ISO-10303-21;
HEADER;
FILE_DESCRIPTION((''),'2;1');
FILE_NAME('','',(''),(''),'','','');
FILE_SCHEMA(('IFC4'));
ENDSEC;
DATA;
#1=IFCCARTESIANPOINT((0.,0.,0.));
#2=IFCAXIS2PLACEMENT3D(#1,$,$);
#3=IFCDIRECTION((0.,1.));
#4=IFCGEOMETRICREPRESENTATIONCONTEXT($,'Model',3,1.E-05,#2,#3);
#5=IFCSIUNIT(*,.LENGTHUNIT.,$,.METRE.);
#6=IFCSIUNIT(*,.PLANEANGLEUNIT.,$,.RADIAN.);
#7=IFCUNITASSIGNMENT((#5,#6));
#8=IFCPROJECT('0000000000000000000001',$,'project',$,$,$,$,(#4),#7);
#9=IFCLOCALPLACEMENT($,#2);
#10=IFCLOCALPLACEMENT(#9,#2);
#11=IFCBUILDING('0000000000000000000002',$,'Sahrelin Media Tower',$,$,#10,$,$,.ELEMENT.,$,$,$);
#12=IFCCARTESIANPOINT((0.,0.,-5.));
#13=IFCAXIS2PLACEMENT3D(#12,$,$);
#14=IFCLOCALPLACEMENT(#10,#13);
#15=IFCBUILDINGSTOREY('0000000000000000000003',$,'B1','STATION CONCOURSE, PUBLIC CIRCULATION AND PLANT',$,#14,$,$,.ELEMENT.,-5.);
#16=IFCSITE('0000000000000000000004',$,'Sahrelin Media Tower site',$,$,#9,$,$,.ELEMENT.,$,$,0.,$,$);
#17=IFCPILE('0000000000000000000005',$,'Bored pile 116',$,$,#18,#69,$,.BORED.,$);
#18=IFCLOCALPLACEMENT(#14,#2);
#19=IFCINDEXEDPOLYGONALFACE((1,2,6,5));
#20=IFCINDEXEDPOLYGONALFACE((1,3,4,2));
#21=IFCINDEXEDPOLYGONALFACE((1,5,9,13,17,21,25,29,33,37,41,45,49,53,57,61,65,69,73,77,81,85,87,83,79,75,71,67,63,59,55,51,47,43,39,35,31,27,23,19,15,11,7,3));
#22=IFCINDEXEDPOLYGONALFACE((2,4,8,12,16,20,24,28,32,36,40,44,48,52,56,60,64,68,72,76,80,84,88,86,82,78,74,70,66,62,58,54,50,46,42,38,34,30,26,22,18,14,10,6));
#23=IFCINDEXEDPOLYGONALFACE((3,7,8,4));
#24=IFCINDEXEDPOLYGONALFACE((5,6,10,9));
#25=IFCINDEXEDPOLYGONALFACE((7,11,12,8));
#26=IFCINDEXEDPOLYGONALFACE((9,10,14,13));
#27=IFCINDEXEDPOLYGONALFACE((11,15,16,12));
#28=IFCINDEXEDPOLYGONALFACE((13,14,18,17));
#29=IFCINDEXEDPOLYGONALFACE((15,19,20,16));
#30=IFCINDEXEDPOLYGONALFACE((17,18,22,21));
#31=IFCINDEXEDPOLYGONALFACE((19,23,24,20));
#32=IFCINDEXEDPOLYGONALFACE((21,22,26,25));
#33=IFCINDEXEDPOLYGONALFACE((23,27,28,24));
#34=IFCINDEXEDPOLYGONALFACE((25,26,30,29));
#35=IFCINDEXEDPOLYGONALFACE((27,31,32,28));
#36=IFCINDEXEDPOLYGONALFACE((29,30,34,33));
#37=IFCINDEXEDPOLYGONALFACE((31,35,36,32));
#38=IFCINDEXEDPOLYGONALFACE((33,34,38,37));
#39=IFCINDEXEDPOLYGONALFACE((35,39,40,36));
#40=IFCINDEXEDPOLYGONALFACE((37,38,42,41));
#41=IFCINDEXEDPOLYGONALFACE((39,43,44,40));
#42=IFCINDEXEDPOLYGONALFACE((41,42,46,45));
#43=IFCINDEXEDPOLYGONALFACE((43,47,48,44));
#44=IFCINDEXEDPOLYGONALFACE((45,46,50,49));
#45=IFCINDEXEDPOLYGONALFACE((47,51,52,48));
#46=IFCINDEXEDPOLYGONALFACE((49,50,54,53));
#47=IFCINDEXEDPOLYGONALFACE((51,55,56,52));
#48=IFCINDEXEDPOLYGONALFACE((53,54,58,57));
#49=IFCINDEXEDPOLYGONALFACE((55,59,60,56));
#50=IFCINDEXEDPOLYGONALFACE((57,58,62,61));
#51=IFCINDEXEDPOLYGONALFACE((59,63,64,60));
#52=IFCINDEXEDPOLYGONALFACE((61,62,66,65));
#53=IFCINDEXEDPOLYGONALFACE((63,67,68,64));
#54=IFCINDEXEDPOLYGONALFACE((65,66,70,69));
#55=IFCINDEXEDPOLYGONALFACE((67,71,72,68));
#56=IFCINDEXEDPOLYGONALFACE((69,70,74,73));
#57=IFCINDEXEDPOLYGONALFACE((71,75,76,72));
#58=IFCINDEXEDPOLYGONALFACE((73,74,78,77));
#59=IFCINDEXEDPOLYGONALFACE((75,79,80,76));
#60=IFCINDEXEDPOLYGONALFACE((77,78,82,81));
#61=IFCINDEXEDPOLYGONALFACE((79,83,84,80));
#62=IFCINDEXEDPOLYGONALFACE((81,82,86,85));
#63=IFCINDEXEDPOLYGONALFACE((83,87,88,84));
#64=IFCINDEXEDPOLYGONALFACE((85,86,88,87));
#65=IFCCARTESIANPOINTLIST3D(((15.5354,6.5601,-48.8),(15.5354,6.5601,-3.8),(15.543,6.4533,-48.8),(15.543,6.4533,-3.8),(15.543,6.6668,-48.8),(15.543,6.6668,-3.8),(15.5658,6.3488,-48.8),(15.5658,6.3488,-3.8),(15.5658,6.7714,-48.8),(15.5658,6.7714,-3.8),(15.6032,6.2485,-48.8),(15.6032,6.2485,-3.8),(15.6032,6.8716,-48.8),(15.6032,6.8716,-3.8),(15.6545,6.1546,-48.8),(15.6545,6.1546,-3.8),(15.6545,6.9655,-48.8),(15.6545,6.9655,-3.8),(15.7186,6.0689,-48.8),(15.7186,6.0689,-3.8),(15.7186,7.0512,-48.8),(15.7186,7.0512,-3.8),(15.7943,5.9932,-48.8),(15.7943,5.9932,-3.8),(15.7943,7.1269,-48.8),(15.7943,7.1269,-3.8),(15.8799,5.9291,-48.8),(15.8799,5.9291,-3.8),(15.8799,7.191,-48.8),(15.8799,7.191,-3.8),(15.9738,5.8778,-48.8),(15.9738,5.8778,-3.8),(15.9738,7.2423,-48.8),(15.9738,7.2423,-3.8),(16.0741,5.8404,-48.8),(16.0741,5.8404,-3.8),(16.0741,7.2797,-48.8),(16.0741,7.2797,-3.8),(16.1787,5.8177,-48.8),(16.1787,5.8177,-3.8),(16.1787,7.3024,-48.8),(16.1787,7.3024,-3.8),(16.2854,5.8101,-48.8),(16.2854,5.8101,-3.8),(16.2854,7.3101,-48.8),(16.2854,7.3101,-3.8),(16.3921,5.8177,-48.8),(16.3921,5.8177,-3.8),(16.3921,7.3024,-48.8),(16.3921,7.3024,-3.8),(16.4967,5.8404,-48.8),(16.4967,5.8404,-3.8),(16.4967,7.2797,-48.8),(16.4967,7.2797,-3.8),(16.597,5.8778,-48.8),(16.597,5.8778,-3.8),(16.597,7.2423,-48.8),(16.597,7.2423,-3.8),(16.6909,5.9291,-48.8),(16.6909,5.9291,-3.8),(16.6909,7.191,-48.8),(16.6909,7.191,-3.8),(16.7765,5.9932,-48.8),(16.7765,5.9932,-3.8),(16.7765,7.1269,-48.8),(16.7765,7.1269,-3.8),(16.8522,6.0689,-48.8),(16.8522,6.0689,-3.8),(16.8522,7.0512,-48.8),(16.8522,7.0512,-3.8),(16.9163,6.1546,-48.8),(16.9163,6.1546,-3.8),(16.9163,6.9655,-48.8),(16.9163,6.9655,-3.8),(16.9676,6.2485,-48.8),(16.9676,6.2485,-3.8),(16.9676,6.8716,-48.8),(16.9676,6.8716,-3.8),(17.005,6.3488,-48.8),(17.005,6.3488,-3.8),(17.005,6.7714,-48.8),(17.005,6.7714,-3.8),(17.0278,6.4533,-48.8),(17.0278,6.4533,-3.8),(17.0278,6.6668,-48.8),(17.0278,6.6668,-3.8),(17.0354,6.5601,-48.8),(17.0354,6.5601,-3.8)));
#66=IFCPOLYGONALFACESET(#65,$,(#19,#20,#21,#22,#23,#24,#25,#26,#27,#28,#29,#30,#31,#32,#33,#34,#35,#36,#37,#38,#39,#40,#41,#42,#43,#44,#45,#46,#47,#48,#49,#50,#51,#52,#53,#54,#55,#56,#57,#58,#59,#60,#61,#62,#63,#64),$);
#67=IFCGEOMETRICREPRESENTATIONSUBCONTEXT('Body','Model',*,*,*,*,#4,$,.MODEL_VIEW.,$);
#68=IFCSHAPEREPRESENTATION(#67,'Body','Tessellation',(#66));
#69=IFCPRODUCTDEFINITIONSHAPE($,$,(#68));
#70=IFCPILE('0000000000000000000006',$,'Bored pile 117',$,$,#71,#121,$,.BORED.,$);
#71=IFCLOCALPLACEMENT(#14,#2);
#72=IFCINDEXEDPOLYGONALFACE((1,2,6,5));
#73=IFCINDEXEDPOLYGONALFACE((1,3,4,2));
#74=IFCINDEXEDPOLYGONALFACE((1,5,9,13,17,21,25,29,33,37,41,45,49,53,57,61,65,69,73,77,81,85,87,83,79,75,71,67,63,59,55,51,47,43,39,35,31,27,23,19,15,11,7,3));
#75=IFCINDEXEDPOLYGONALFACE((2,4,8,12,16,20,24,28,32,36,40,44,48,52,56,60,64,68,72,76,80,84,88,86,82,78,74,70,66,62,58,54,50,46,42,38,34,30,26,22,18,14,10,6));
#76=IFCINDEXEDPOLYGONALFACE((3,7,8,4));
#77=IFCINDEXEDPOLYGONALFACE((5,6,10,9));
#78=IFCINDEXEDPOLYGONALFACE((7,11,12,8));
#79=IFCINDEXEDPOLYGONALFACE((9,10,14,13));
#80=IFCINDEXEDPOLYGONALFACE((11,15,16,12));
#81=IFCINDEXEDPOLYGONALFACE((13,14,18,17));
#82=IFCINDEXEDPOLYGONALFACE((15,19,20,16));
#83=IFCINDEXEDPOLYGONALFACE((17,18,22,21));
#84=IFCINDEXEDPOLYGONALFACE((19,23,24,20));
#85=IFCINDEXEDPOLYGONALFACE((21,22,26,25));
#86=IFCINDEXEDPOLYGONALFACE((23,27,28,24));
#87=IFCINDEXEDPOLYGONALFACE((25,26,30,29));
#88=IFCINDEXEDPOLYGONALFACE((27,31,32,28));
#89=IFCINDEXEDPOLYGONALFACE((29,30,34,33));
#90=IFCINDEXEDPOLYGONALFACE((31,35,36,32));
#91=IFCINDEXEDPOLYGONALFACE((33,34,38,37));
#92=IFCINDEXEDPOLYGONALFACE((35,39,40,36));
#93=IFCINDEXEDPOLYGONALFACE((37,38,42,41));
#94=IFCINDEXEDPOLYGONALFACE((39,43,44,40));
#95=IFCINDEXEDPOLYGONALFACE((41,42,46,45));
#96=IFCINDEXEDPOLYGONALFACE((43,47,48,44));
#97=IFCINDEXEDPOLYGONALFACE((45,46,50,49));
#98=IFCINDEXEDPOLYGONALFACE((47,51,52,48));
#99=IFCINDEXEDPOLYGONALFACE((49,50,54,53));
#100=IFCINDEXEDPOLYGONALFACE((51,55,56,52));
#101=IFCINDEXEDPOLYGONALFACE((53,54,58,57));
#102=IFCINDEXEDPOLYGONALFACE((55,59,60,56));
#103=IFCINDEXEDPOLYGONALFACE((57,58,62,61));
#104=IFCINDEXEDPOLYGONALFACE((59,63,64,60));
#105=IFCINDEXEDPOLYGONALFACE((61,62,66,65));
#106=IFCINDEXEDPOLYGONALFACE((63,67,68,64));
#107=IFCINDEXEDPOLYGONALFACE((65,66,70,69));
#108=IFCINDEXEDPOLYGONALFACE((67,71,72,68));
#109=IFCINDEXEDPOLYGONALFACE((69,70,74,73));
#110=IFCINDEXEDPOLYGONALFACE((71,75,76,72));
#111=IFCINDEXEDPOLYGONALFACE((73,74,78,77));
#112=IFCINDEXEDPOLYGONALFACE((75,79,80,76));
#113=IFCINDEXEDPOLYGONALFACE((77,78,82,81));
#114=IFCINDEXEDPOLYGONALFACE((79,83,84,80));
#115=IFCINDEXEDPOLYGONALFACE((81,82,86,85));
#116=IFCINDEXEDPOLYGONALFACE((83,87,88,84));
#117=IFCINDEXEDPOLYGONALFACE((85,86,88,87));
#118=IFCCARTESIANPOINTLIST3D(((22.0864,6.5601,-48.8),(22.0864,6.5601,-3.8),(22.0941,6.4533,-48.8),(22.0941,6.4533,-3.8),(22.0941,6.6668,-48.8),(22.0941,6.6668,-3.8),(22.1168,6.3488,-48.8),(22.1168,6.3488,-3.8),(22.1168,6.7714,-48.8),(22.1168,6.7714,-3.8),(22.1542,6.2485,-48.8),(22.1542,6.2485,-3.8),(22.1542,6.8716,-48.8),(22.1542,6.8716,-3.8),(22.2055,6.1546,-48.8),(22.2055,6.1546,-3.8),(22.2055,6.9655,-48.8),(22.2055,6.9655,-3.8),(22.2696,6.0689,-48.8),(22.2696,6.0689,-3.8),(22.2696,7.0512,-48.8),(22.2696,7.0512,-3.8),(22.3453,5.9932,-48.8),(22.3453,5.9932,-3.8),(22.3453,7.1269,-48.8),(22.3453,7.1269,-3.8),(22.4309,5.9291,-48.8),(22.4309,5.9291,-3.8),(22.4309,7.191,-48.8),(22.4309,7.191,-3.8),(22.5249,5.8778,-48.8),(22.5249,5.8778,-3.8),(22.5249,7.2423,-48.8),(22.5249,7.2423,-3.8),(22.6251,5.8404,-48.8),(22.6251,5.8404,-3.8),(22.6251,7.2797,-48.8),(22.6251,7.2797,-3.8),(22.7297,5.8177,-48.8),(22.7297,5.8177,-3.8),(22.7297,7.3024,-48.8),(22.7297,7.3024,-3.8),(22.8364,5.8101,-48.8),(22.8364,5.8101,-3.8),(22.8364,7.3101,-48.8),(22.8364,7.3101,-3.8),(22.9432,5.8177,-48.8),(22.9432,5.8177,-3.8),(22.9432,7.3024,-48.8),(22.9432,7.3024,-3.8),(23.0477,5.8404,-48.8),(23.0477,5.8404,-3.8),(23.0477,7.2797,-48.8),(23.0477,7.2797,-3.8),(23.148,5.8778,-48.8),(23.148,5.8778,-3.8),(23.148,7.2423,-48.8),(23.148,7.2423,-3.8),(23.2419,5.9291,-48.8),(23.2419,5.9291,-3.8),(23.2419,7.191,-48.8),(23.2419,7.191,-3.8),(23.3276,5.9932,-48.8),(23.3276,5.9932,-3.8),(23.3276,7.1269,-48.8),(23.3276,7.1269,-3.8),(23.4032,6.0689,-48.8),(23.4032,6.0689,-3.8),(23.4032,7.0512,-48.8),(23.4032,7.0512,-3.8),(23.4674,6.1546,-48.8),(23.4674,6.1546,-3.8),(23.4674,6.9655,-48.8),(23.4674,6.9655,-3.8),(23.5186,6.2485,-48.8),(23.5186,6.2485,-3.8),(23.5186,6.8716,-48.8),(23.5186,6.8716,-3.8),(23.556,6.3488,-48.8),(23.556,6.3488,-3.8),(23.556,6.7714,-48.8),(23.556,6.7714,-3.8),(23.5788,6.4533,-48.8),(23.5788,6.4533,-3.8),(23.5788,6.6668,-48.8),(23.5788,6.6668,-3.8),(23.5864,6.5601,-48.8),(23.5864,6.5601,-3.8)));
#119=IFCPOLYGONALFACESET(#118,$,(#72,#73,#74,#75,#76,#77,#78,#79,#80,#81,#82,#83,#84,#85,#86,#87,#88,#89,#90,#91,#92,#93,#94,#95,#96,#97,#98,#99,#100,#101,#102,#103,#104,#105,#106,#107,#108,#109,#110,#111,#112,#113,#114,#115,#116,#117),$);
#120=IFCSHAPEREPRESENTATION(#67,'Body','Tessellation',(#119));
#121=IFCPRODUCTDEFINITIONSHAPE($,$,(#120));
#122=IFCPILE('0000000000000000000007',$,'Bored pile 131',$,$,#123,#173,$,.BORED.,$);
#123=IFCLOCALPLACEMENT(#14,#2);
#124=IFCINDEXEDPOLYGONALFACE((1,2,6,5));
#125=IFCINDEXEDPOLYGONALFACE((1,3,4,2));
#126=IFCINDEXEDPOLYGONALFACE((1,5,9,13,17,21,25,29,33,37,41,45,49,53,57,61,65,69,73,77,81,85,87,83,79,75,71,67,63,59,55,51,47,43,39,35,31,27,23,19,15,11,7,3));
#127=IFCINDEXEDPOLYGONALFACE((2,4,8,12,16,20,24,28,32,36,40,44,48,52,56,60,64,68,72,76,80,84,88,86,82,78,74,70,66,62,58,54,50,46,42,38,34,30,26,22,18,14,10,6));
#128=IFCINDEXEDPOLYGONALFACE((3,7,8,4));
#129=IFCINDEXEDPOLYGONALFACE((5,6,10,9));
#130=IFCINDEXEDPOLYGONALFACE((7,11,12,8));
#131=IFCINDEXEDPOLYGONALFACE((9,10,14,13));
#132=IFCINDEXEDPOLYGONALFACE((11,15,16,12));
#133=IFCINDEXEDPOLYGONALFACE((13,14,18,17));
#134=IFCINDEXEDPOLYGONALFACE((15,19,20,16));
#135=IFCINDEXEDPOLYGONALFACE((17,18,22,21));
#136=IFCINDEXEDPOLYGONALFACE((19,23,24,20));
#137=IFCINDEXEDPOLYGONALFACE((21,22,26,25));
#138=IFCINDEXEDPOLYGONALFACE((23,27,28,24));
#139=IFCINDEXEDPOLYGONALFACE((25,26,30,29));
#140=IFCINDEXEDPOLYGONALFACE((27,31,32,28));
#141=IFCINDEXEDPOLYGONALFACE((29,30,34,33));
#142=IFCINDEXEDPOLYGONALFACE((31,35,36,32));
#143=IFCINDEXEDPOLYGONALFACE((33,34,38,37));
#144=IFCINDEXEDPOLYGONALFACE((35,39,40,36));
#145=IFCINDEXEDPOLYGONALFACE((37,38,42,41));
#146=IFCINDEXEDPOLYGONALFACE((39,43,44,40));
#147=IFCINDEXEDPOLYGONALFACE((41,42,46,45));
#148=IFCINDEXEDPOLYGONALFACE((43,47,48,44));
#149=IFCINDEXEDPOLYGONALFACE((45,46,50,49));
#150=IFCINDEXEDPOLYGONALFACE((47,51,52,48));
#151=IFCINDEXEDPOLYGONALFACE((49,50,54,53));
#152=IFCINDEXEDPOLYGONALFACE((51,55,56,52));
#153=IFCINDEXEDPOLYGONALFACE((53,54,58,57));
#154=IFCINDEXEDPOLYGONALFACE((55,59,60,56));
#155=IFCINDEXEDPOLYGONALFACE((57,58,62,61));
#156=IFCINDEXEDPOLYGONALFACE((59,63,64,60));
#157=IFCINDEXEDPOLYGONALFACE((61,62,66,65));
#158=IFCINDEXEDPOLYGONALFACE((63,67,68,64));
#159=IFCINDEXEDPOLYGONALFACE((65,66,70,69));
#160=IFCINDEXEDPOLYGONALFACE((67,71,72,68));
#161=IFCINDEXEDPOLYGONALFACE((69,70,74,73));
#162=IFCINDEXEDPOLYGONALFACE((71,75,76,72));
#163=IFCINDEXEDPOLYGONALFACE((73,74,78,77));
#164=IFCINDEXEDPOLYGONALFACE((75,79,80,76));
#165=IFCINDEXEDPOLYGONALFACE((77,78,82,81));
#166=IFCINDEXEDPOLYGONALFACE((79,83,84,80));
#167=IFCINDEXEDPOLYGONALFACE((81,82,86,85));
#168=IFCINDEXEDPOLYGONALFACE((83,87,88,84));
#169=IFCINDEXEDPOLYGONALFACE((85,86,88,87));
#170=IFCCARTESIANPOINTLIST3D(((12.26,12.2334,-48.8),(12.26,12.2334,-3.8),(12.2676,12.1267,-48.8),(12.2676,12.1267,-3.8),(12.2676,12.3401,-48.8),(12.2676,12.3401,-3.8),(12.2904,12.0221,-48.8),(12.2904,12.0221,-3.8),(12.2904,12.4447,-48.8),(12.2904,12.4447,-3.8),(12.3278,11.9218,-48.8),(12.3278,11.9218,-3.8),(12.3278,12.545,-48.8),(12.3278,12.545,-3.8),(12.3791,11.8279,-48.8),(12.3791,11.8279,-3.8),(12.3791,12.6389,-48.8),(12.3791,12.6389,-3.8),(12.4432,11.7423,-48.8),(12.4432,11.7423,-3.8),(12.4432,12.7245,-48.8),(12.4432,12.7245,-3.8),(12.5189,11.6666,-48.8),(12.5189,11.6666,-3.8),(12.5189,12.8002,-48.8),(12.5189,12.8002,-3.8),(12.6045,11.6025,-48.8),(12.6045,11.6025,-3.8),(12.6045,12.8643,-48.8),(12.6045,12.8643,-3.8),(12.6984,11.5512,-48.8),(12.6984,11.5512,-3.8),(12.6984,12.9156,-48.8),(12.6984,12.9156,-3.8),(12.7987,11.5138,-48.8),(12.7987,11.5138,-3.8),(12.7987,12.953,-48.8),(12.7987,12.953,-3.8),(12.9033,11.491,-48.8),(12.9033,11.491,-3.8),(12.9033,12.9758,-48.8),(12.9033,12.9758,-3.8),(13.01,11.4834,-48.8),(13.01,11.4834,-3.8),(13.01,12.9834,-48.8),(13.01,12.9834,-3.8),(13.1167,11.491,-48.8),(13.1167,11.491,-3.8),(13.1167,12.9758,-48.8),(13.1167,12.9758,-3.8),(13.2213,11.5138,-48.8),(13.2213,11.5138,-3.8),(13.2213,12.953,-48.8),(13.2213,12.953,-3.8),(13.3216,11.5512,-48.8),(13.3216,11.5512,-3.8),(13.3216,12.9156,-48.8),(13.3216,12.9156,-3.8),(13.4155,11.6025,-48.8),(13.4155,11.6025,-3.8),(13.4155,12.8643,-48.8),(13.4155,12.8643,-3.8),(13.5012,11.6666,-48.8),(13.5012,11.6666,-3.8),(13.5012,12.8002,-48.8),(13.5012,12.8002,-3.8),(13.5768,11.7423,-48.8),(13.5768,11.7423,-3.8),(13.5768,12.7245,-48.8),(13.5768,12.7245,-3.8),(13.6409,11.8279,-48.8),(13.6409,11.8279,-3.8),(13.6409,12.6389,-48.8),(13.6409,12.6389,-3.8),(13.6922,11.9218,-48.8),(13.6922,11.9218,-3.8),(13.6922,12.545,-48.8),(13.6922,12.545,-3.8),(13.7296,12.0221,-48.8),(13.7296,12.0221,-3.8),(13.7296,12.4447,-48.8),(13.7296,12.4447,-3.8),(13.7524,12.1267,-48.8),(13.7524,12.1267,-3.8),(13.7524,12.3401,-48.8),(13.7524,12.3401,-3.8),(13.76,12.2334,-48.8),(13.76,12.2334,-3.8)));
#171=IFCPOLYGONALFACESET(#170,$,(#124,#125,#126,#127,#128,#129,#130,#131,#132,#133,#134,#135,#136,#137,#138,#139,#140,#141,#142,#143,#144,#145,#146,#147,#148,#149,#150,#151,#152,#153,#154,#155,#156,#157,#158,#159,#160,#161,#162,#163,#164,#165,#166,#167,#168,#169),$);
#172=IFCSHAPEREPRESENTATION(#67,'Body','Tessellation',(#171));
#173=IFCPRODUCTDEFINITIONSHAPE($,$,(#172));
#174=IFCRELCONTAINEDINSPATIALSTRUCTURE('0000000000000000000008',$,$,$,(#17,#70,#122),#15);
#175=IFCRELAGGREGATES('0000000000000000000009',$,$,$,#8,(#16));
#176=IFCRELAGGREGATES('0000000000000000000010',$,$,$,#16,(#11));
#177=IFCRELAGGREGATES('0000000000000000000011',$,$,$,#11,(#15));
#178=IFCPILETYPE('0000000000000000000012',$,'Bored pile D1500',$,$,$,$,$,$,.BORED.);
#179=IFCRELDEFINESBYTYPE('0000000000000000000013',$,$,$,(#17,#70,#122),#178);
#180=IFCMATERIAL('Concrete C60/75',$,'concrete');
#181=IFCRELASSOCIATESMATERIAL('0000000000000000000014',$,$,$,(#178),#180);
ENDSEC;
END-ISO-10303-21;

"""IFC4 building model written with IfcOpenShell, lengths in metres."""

from ifc_helpers import new_model, si_unit, direction, frame, origin, origin_2d, place, context, subcontext, project, spatial, circle, extrude, material, material_profile, profile_set, type_object, element, save


model = new_model("IFC4")

# Units and contexts
model_context = context("Model", 3, precision=1e-05, world=origin(), true_north=direction((0.0, 1.0)))
body_context = subcontext(model_context, "Body", "Model", "MODEL_VIEW")
ifc_project = project(units=[si_unit("LENGTHUNIT", "METRE"), si_unit("PLANEANGLEUNIT", "RADIAN")], contexts=[model_context])

# Site, building, storey
site_placement = place(None, origin())
site = spatial("IfcSite", under=ifc_project, at=site_placement, Name="Sahrelin Media Tower site", CompositionType="ELEMENT", RefElevation=0.0)
building_placement = place(site_placement, origin())
building = spatial("IfcBuilding", under=site, at=building_placement, Name="Sahrelin Media Tower", CompositionType="ELEMENT")
storey_placement = place(building_placement, frame((0.0, 0.0, -5.0)))
storey = spatial("IfcBuildingStorey", under=building, at=storey_placement, Name="B1", Description="STATION CONCOURSE, PUBLIC CIRCULATION AND PLANT", CompositionType="ELEMENT", Elevation=-5.0)

# Piles
ifc_material_1 = material(Name="Concrete C60/75", Category="concrete")
ifc_material_profile_1 = material_profile(ifc_material_1, circle(Radius=0.75, at=origin_2d()), Name="Bored pile D1500")
ifc_profile_set_1 = profile_set([ifc_material_profile_1], Name="Concrete C60/75")
pile_type = type_object("IfcPileType", Name="Bored pile D1500", PredefinedType="BORED", material=ifc_profile_set_1)
for number, where, z_axis, x_axis, name in (
    (1, (16.2854, 6.5601, -3.8), (0.0, 0.0, -1.0), (1.0, 0.0, 0.0), "Bored pile 116"),
    (2, (22.8364, 6.5601, -3.8), (0.0, 0.0, -1.0), (1.0, 0.0, 0.0), "Bored pile 117"),
    (3, (13.01, 12.2334, -3.8), (0.0, 0.0, -1.0), (1.0, 0.0, 0.0), "Bored pile 131"),
):
    element("IfcPile", number, at=place(storey_placement, frame(where, z_axis=z_axis, x_axis=x_axis)), inside=storey, type_object=pile_type, Name=name, PredefinedType="BORED", context=body_context, shape_type="SweptSolid", body=[
        extrude(circle(Radius=0.75, at=origin_2d()), origin(), (0.0, 0.0, 1.0), 45.0),
    ])

save(model, "model.ifc")
